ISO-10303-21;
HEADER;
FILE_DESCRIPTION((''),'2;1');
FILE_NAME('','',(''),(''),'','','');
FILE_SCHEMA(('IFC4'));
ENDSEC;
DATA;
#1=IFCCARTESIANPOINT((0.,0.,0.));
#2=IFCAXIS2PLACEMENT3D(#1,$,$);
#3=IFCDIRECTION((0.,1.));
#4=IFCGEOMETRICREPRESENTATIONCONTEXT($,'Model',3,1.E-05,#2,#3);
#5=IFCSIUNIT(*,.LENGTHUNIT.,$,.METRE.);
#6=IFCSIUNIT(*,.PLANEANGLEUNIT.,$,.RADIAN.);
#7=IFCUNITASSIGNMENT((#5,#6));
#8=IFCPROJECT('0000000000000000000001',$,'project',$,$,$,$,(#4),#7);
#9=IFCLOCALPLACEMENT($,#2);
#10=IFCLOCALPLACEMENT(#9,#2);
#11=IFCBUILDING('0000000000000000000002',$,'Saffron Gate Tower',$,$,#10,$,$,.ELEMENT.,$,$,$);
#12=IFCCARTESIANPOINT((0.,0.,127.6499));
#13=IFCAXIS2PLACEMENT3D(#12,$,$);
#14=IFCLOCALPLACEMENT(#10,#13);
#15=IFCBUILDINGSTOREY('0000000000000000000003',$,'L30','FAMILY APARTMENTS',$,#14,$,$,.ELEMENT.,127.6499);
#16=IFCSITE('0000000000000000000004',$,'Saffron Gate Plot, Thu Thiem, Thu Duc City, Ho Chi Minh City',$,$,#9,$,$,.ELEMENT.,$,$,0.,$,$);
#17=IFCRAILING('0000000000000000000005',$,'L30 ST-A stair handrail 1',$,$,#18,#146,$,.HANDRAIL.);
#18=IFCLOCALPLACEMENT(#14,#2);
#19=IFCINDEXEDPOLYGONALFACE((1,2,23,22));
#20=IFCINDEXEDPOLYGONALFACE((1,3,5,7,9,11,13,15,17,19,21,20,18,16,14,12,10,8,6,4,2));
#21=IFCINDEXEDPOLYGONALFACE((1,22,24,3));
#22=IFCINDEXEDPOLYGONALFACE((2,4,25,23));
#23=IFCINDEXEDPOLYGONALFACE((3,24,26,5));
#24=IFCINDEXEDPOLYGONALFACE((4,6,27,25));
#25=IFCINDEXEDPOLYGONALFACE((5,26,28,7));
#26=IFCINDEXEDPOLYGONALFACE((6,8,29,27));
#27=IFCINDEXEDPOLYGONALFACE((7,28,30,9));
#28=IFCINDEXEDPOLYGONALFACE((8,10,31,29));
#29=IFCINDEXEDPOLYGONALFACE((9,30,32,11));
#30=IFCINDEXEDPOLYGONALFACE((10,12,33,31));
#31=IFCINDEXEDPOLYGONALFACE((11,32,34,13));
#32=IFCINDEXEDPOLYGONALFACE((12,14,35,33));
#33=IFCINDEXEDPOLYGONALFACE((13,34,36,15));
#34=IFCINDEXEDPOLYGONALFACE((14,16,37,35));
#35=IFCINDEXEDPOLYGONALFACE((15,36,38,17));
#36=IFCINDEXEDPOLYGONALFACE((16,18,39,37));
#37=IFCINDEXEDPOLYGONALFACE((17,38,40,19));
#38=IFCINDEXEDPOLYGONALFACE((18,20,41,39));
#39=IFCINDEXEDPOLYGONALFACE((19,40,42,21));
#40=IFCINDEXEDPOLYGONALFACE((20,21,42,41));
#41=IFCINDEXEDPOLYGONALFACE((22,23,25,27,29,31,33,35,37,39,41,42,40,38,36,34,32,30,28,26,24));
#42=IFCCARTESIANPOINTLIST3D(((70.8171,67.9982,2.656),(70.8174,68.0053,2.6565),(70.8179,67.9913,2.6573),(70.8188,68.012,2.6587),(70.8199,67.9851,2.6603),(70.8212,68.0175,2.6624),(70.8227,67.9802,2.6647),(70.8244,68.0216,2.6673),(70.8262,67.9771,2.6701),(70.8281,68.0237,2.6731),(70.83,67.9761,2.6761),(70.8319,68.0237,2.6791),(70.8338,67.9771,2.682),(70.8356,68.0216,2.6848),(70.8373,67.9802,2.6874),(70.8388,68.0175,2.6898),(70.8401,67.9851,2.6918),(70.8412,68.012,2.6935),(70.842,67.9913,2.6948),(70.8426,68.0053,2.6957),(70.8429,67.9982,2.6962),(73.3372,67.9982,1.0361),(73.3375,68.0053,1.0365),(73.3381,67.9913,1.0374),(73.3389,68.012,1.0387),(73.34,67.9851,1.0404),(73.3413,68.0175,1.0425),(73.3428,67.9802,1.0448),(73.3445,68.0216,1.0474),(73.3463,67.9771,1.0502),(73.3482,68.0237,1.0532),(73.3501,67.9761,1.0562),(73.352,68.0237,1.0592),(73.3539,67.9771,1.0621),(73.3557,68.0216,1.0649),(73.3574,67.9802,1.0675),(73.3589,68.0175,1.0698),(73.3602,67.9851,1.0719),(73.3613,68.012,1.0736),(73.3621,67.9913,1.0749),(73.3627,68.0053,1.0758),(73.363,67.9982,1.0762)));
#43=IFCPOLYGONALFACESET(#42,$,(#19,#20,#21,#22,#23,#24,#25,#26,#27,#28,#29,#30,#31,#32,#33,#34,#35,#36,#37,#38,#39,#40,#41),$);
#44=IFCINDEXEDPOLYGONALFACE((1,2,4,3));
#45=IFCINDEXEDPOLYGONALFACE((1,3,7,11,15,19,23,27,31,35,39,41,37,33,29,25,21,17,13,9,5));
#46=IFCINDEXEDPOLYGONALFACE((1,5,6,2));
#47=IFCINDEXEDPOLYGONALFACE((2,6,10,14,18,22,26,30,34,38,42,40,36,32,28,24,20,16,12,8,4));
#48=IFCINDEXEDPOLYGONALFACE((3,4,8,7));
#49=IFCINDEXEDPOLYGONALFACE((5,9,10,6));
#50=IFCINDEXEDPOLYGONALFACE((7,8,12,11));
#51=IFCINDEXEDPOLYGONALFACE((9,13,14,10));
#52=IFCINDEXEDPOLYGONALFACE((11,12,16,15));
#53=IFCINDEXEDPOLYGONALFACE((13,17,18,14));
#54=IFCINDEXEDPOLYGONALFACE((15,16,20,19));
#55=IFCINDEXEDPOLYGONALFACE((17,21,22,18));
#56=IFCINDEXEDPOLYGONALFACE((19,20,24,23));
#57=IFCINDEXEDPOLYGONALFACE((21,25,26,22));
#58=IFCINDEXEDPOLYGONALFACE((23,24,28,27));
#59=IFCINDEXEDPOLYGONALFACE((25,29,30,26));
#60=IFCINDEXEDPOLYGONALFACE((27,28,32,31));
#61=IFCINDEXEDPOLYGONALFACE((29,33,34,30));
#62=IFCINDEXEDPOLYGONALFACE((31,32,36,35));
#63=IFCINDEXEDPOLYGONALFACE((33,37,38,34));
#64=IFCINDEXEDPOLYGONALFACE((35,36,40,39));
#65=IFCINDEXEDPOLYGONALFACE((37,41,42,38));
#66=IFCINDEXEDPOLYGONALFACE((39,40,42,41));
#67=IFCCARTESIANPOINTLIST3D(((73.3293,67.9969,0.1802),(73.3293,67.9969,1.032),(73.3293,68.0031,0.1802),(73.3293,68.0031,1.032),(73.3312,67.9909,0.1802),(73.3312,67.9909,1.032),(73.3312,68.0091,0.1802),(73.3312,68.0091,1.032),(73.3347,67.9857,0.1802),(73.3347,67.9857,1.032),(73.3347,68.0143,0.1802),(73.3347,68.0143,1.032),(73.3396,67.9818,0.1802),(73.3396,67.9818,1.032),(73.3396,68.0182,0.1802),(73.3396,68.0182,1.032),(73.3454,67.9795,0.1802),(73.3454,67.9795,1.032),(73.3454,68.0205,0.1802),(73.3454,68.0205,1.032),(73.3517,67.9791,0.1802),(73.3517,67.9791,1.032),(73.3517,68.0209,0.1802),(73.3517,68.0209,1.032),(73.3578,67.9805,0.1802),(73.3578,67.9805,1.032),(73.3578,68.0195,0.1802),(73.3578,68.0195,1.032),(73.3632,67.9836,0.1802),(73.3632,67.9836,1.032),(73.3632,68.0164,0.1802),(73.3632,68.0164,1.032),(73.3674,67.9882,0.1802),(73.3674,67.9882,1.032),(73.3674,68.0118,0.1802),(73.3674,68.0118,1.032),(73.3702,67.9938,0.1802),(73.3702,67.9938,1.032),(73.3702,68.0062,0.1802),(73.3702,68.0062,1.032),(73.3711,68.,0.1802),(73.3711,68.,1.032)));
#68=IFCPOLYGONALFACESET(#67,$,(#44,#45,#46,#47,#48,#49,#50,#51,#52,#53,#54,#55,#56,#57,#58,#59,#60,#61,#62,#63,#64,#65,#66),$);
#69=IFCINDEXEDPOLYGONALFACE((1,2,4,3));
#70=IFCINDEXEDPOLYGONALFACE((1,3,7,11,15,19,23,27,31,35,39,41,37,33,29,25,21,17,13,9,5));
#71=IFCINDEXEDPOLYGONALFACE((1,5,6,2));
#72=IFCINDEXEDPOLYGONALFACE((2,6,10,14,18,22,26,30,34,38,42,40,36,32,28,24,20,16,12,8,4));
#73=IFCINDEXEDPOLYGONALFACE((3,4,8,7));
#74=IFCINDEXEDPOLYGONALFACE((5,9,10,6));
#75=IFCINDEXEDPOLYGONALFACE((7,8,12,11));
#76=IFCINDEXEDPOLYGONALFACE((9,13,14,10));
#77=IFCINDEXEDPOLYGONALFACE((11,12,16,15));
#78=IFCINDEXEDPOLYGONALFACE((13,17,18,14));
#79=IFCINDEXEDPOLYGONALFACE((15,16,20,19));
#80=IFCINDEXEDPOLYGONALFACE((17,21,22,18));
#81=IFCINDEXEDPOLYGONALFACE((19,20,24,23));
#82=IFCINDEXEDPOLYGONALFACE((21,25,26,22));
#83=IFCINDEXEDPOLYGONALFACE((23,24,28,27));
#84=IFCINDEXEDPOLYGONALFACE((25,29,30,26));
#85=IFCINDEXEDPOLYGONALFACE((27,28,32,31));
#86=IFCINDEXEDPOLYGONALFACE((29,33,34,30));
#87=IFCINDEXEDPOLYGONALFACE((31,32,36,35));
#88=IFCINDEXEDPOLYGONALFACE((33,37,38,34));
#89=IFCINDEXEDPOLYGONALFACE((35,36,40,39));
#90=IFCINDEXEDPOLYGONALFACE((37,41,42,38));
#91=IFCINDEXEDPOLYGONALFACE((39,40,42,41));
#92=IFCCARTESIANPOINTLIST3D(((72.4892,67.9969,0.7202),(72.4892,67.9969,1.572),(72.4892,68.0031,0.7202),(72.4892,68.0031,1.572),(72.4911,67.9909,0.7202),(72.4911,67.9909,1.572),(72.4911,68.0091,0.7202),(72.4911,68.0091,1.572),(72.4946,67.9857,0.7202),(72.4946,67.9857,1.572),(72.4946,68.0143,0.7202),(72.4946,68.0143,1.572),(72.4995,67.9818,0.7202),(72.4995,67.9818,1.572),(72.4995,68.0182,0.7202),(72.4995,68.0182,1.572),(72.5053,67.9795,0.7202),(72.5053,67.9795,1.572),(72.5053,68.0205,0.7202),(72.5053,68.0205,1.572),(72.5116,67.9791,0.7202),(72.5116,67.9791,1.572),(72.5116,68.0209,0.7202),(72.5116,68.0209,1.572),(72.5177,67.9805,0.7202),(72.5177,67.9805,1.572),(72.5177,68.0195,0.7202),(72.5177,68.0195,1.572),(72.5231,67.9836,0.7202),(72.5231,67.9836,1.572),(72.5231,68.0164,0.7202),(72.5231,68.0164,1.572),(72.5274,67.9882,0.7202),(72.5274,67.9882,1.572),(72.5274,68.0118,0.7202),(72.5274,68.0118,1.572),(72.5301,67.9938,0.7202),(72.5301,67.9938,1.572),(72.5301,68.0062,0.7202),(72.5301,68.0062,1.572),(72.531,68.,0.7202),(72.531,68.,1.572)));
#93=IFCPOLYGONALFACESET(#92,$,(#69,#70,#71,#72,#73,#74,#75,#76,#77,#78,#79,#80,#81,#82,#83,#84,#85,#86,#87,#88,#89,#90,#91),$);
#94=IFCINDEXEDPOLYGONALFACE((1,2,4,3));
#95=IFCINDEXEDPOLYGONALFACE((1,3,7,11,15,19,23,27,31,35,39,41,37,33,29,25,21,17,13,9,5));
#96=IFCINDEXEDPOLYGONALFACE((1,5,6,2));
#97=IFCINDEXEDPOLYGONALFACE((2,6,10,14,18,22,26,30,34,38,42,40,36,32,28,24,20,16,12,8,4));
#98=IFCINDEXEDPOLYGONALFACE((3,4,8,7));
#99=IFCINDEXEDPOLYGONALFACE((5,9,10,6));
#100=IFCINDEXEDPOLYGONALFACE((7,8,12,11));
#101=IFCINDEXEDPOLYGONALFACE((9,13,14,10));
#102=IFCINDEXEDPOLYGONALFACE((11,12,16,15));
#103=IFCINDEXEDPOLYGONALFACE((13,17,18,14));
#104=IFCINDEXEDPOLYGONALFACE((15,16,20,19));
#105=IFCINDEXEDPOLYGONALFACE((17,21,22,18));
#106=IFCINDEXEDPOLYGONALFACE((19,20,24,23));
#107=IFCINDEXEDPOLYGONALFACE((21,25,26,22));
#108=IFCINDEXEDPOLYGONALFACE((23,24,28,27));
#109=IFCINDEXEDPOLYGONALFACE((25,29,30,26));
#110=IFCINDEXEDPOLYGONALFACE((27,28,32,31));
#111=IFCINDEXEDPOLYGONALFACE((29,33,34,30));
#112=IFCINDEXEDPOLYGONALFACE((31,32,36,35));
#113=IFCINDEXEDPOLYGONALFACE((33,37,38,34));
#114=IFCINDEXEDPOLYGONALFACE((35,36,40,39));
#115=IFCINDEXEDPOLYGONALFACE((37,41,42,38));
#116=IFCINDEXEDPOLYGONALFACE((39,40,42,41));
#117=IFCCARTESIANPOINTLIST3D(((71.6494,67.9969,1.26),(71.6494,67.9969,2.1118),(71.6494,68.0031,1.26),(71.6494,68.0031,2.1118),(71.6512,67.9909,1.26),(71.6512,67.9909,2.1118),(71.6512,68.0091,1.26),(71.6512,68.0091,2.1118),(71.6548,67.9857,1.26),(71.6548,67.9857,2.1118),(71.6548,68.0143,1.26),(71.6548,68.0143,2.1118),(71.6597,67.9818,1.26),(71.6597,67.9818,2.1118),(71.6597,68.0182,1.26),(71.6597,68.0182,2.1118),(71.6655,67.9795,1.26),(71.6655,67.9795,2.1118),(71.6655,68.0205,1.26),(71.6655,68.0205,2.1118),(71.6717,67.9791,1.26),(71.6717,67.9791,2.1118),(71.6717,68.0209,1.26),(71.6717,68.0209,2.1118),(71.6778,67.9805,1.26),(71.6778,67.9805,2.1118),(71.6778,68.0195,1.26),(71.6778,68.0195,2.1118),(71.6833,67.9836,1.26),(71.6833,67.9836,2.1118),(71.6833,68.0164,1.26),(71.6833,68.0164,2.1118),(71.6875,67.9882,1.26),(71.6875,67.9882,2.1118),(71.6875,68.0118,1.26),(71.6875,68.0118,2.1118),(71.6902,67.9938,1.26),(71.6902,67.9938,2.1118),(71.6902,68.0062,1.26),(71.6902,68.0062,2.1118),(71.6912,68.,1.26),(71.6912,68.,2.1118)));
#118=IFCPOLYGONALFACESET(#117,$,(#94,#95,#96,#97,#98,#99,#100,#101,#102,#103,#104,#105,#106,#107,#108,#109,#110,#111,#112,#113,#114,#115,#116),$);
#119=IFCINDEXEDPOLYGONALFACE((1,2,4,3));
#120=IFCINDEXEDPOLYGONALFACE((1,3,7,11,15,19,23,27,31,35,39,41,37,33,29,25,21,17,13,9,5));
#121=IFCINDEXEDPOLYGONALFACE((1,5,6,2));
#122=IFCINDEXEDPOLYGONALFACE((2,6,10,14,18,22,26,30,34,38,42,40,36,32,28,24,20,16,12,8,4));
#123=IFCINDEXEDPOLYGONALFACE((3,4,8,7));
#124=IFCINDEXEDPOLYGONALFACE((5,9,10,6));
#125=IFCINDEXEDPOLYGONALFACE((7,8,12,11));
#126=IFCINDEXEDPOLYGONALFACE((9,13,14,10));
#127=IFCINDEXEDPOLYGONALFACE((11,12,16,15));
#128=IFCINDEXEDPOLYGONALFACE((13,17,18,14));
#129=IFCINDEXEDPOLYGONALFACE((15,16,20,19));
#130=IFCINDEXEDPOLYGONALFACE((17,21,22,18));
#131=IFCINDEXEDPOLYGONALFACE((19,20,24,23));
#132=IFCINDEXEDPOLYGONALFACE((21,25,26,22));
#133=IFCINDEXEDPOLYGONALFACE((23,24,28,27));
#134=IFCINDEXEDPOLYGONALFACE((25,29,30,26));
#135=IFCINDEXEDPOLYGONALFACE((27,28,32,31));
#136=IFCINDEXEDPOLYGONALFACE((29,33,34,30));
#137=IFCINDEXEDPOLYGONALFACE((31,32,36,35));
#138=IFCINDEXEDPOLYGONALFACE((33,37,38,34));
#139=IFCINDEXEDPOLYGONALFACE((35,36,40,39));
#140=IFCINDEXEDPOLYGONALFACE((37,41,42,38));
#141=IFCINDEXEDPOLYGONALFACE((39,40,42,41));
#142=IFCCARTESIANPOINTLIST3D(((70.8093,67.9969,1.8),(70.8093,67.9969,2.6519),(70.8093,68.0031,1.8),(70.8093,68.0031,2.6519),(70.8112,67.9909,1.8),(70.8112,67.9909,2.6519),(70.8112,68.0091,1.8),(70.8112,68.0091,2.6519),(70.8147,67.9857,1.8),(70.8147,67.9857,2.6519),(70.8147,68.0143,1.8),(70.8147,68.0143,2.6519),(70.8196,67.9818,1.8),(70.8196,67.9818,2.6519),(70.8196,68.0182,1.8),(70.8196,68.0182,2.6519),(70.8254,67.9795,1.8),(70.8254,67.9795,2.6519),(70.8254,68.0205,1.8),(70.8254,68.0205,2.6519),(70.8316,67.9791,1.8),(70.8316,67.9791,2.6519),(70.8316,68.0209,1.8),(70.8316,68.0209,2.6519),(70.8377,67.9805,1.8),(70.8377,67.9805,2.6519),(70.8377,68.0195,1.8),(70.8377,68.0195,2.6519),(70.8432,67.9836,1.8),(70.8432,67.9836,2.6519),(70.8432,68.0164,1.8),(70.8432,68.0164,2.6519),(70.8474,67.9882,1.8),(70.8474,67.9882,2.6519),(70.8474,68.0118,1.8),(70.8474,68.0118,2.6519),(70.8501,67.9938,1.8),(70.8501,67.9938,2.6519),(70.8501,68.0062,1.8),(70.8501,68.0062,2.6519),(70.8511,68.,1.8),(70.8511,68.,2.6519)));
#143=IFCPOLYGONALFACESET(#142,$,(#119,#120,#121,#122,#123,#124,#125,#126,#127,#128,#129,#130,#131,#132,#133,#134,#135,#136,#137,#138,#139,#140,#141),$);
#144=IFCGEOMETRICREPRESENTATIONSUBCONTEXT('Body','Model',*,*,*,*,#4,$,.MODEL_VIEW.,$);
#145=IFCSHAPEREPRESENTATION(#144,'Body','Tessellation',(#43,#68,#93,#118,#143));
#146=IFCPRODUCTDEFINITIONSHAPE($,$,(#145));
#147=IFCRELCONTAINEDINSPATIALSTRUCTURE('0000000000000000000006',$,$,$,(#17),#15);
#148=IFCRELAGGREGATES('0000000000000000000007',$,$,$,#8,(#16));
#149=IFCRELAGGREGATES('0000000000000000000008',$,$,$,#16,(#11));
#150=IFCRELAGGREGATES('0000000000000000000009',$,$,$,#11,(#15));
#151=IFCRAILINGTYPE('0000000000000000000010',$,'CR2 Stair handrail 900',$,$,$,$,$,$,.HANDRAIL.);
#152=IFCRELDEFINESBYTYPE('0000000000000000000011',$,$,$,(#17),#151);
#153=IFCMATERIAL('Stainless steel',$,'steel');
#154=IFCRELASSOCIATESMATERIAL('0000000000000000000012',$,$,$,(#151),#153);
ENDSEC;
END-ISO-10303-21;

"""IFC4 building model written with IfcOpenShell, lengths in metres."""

from ifc_helpers import new_model, si_unit, direction, frame, origin, origin_2d, place, context, subcontext, project, spatial, circle, extrude, material, type_object, element, save


model = new_model("IFC4")

# Units and contexts
model_context = context("Model", 3, precision=1e-05, world=origin(), true_north=direction((0.0, 1.0)))
body_context = subcontext(model_context, "Body", "Model", "MODEL_VIEW")
ifc_project = project(units=[si_unit("LENGTHUNIT", "METRE"), si_unit("PLANEANGLEUNIT", "RADIAN")], contexts=[model_context])

# Site, building, storey
site_placement = place(None, origin())
site = spatial("IfcSite", under=ifc_project, at=site_placement, Name="Saffron Gate Plot, Thu Thiem, Thu Duc City, Ho Chi Minh City", CompositionType="ELEMENT", RefElevation=0.0)
building_placement = place(site_placement, origin())
building = spatial("IfcBuilding", under=site, at=building_placement, Name="Saffron Gate Tower", CompositionType="ELEMENT")
storey_placement = place(building_placement, frame((0.0, 0.0, 127.6499)))
storey = spatial("IfcBuildingStorey", under=building, at=storey_placement, Name="L30", Description="FAMILY APARTMENTS", CompositionType="ELEMENT", Elevation=127.6499)

# Railing
ifc_material_1 = material(Name="Stainless steel", Category="steel")
railing_type = type_object("IfcRailingType", Name="CR2 Stair handrail 900", PredefinedType="HANDRAIL", material=ifc_material_1)
railing_placement = place(storey_placement, frame((73.3501, 68.0, 0.1802)))
element("IfcRailing", 1, at=railing_placement, inside=storey, type_object=railing_type, Name="L30 ST-A stair handrail 1", PredefinedType="HANDRAIL", context=body_context, shape_type="SweptSolid", body=[
    extrude(circle(Radius=0.0239, at=origin_2d()), frame((0.0, 0.0, 0.876), z_axis=(-0.8412, 0.0, 0.540725), x_axis=(0.0, -1.0, 0.0)), (0.0, 0.0, 1.0), 2.9958),
    extrude(circle(Radius=0.021, at=origin_2d()), origin(), (0.0, 0.0, 1.0), 0.8518),
    extrude(circle(Radius=0.021, at=origin_2d()), frame((-0.8401, 0.0, 0.54)), (0.0, 0.0, 1.0), 0.8518),
    extrude(circle(Radius=0.021, at=origin_2d()), frame((-1.6799, 0.0, 1.0798)), (0.0, 0.0, 1.0), 0.8518),
    extrude(circle(Radius=0.021, at=origin_2d()), frame((-2.52, 0.0, 1.6199)), (0.0, 0.0, 1.0), 0.8518),
])

save(model, "model.ifc")
